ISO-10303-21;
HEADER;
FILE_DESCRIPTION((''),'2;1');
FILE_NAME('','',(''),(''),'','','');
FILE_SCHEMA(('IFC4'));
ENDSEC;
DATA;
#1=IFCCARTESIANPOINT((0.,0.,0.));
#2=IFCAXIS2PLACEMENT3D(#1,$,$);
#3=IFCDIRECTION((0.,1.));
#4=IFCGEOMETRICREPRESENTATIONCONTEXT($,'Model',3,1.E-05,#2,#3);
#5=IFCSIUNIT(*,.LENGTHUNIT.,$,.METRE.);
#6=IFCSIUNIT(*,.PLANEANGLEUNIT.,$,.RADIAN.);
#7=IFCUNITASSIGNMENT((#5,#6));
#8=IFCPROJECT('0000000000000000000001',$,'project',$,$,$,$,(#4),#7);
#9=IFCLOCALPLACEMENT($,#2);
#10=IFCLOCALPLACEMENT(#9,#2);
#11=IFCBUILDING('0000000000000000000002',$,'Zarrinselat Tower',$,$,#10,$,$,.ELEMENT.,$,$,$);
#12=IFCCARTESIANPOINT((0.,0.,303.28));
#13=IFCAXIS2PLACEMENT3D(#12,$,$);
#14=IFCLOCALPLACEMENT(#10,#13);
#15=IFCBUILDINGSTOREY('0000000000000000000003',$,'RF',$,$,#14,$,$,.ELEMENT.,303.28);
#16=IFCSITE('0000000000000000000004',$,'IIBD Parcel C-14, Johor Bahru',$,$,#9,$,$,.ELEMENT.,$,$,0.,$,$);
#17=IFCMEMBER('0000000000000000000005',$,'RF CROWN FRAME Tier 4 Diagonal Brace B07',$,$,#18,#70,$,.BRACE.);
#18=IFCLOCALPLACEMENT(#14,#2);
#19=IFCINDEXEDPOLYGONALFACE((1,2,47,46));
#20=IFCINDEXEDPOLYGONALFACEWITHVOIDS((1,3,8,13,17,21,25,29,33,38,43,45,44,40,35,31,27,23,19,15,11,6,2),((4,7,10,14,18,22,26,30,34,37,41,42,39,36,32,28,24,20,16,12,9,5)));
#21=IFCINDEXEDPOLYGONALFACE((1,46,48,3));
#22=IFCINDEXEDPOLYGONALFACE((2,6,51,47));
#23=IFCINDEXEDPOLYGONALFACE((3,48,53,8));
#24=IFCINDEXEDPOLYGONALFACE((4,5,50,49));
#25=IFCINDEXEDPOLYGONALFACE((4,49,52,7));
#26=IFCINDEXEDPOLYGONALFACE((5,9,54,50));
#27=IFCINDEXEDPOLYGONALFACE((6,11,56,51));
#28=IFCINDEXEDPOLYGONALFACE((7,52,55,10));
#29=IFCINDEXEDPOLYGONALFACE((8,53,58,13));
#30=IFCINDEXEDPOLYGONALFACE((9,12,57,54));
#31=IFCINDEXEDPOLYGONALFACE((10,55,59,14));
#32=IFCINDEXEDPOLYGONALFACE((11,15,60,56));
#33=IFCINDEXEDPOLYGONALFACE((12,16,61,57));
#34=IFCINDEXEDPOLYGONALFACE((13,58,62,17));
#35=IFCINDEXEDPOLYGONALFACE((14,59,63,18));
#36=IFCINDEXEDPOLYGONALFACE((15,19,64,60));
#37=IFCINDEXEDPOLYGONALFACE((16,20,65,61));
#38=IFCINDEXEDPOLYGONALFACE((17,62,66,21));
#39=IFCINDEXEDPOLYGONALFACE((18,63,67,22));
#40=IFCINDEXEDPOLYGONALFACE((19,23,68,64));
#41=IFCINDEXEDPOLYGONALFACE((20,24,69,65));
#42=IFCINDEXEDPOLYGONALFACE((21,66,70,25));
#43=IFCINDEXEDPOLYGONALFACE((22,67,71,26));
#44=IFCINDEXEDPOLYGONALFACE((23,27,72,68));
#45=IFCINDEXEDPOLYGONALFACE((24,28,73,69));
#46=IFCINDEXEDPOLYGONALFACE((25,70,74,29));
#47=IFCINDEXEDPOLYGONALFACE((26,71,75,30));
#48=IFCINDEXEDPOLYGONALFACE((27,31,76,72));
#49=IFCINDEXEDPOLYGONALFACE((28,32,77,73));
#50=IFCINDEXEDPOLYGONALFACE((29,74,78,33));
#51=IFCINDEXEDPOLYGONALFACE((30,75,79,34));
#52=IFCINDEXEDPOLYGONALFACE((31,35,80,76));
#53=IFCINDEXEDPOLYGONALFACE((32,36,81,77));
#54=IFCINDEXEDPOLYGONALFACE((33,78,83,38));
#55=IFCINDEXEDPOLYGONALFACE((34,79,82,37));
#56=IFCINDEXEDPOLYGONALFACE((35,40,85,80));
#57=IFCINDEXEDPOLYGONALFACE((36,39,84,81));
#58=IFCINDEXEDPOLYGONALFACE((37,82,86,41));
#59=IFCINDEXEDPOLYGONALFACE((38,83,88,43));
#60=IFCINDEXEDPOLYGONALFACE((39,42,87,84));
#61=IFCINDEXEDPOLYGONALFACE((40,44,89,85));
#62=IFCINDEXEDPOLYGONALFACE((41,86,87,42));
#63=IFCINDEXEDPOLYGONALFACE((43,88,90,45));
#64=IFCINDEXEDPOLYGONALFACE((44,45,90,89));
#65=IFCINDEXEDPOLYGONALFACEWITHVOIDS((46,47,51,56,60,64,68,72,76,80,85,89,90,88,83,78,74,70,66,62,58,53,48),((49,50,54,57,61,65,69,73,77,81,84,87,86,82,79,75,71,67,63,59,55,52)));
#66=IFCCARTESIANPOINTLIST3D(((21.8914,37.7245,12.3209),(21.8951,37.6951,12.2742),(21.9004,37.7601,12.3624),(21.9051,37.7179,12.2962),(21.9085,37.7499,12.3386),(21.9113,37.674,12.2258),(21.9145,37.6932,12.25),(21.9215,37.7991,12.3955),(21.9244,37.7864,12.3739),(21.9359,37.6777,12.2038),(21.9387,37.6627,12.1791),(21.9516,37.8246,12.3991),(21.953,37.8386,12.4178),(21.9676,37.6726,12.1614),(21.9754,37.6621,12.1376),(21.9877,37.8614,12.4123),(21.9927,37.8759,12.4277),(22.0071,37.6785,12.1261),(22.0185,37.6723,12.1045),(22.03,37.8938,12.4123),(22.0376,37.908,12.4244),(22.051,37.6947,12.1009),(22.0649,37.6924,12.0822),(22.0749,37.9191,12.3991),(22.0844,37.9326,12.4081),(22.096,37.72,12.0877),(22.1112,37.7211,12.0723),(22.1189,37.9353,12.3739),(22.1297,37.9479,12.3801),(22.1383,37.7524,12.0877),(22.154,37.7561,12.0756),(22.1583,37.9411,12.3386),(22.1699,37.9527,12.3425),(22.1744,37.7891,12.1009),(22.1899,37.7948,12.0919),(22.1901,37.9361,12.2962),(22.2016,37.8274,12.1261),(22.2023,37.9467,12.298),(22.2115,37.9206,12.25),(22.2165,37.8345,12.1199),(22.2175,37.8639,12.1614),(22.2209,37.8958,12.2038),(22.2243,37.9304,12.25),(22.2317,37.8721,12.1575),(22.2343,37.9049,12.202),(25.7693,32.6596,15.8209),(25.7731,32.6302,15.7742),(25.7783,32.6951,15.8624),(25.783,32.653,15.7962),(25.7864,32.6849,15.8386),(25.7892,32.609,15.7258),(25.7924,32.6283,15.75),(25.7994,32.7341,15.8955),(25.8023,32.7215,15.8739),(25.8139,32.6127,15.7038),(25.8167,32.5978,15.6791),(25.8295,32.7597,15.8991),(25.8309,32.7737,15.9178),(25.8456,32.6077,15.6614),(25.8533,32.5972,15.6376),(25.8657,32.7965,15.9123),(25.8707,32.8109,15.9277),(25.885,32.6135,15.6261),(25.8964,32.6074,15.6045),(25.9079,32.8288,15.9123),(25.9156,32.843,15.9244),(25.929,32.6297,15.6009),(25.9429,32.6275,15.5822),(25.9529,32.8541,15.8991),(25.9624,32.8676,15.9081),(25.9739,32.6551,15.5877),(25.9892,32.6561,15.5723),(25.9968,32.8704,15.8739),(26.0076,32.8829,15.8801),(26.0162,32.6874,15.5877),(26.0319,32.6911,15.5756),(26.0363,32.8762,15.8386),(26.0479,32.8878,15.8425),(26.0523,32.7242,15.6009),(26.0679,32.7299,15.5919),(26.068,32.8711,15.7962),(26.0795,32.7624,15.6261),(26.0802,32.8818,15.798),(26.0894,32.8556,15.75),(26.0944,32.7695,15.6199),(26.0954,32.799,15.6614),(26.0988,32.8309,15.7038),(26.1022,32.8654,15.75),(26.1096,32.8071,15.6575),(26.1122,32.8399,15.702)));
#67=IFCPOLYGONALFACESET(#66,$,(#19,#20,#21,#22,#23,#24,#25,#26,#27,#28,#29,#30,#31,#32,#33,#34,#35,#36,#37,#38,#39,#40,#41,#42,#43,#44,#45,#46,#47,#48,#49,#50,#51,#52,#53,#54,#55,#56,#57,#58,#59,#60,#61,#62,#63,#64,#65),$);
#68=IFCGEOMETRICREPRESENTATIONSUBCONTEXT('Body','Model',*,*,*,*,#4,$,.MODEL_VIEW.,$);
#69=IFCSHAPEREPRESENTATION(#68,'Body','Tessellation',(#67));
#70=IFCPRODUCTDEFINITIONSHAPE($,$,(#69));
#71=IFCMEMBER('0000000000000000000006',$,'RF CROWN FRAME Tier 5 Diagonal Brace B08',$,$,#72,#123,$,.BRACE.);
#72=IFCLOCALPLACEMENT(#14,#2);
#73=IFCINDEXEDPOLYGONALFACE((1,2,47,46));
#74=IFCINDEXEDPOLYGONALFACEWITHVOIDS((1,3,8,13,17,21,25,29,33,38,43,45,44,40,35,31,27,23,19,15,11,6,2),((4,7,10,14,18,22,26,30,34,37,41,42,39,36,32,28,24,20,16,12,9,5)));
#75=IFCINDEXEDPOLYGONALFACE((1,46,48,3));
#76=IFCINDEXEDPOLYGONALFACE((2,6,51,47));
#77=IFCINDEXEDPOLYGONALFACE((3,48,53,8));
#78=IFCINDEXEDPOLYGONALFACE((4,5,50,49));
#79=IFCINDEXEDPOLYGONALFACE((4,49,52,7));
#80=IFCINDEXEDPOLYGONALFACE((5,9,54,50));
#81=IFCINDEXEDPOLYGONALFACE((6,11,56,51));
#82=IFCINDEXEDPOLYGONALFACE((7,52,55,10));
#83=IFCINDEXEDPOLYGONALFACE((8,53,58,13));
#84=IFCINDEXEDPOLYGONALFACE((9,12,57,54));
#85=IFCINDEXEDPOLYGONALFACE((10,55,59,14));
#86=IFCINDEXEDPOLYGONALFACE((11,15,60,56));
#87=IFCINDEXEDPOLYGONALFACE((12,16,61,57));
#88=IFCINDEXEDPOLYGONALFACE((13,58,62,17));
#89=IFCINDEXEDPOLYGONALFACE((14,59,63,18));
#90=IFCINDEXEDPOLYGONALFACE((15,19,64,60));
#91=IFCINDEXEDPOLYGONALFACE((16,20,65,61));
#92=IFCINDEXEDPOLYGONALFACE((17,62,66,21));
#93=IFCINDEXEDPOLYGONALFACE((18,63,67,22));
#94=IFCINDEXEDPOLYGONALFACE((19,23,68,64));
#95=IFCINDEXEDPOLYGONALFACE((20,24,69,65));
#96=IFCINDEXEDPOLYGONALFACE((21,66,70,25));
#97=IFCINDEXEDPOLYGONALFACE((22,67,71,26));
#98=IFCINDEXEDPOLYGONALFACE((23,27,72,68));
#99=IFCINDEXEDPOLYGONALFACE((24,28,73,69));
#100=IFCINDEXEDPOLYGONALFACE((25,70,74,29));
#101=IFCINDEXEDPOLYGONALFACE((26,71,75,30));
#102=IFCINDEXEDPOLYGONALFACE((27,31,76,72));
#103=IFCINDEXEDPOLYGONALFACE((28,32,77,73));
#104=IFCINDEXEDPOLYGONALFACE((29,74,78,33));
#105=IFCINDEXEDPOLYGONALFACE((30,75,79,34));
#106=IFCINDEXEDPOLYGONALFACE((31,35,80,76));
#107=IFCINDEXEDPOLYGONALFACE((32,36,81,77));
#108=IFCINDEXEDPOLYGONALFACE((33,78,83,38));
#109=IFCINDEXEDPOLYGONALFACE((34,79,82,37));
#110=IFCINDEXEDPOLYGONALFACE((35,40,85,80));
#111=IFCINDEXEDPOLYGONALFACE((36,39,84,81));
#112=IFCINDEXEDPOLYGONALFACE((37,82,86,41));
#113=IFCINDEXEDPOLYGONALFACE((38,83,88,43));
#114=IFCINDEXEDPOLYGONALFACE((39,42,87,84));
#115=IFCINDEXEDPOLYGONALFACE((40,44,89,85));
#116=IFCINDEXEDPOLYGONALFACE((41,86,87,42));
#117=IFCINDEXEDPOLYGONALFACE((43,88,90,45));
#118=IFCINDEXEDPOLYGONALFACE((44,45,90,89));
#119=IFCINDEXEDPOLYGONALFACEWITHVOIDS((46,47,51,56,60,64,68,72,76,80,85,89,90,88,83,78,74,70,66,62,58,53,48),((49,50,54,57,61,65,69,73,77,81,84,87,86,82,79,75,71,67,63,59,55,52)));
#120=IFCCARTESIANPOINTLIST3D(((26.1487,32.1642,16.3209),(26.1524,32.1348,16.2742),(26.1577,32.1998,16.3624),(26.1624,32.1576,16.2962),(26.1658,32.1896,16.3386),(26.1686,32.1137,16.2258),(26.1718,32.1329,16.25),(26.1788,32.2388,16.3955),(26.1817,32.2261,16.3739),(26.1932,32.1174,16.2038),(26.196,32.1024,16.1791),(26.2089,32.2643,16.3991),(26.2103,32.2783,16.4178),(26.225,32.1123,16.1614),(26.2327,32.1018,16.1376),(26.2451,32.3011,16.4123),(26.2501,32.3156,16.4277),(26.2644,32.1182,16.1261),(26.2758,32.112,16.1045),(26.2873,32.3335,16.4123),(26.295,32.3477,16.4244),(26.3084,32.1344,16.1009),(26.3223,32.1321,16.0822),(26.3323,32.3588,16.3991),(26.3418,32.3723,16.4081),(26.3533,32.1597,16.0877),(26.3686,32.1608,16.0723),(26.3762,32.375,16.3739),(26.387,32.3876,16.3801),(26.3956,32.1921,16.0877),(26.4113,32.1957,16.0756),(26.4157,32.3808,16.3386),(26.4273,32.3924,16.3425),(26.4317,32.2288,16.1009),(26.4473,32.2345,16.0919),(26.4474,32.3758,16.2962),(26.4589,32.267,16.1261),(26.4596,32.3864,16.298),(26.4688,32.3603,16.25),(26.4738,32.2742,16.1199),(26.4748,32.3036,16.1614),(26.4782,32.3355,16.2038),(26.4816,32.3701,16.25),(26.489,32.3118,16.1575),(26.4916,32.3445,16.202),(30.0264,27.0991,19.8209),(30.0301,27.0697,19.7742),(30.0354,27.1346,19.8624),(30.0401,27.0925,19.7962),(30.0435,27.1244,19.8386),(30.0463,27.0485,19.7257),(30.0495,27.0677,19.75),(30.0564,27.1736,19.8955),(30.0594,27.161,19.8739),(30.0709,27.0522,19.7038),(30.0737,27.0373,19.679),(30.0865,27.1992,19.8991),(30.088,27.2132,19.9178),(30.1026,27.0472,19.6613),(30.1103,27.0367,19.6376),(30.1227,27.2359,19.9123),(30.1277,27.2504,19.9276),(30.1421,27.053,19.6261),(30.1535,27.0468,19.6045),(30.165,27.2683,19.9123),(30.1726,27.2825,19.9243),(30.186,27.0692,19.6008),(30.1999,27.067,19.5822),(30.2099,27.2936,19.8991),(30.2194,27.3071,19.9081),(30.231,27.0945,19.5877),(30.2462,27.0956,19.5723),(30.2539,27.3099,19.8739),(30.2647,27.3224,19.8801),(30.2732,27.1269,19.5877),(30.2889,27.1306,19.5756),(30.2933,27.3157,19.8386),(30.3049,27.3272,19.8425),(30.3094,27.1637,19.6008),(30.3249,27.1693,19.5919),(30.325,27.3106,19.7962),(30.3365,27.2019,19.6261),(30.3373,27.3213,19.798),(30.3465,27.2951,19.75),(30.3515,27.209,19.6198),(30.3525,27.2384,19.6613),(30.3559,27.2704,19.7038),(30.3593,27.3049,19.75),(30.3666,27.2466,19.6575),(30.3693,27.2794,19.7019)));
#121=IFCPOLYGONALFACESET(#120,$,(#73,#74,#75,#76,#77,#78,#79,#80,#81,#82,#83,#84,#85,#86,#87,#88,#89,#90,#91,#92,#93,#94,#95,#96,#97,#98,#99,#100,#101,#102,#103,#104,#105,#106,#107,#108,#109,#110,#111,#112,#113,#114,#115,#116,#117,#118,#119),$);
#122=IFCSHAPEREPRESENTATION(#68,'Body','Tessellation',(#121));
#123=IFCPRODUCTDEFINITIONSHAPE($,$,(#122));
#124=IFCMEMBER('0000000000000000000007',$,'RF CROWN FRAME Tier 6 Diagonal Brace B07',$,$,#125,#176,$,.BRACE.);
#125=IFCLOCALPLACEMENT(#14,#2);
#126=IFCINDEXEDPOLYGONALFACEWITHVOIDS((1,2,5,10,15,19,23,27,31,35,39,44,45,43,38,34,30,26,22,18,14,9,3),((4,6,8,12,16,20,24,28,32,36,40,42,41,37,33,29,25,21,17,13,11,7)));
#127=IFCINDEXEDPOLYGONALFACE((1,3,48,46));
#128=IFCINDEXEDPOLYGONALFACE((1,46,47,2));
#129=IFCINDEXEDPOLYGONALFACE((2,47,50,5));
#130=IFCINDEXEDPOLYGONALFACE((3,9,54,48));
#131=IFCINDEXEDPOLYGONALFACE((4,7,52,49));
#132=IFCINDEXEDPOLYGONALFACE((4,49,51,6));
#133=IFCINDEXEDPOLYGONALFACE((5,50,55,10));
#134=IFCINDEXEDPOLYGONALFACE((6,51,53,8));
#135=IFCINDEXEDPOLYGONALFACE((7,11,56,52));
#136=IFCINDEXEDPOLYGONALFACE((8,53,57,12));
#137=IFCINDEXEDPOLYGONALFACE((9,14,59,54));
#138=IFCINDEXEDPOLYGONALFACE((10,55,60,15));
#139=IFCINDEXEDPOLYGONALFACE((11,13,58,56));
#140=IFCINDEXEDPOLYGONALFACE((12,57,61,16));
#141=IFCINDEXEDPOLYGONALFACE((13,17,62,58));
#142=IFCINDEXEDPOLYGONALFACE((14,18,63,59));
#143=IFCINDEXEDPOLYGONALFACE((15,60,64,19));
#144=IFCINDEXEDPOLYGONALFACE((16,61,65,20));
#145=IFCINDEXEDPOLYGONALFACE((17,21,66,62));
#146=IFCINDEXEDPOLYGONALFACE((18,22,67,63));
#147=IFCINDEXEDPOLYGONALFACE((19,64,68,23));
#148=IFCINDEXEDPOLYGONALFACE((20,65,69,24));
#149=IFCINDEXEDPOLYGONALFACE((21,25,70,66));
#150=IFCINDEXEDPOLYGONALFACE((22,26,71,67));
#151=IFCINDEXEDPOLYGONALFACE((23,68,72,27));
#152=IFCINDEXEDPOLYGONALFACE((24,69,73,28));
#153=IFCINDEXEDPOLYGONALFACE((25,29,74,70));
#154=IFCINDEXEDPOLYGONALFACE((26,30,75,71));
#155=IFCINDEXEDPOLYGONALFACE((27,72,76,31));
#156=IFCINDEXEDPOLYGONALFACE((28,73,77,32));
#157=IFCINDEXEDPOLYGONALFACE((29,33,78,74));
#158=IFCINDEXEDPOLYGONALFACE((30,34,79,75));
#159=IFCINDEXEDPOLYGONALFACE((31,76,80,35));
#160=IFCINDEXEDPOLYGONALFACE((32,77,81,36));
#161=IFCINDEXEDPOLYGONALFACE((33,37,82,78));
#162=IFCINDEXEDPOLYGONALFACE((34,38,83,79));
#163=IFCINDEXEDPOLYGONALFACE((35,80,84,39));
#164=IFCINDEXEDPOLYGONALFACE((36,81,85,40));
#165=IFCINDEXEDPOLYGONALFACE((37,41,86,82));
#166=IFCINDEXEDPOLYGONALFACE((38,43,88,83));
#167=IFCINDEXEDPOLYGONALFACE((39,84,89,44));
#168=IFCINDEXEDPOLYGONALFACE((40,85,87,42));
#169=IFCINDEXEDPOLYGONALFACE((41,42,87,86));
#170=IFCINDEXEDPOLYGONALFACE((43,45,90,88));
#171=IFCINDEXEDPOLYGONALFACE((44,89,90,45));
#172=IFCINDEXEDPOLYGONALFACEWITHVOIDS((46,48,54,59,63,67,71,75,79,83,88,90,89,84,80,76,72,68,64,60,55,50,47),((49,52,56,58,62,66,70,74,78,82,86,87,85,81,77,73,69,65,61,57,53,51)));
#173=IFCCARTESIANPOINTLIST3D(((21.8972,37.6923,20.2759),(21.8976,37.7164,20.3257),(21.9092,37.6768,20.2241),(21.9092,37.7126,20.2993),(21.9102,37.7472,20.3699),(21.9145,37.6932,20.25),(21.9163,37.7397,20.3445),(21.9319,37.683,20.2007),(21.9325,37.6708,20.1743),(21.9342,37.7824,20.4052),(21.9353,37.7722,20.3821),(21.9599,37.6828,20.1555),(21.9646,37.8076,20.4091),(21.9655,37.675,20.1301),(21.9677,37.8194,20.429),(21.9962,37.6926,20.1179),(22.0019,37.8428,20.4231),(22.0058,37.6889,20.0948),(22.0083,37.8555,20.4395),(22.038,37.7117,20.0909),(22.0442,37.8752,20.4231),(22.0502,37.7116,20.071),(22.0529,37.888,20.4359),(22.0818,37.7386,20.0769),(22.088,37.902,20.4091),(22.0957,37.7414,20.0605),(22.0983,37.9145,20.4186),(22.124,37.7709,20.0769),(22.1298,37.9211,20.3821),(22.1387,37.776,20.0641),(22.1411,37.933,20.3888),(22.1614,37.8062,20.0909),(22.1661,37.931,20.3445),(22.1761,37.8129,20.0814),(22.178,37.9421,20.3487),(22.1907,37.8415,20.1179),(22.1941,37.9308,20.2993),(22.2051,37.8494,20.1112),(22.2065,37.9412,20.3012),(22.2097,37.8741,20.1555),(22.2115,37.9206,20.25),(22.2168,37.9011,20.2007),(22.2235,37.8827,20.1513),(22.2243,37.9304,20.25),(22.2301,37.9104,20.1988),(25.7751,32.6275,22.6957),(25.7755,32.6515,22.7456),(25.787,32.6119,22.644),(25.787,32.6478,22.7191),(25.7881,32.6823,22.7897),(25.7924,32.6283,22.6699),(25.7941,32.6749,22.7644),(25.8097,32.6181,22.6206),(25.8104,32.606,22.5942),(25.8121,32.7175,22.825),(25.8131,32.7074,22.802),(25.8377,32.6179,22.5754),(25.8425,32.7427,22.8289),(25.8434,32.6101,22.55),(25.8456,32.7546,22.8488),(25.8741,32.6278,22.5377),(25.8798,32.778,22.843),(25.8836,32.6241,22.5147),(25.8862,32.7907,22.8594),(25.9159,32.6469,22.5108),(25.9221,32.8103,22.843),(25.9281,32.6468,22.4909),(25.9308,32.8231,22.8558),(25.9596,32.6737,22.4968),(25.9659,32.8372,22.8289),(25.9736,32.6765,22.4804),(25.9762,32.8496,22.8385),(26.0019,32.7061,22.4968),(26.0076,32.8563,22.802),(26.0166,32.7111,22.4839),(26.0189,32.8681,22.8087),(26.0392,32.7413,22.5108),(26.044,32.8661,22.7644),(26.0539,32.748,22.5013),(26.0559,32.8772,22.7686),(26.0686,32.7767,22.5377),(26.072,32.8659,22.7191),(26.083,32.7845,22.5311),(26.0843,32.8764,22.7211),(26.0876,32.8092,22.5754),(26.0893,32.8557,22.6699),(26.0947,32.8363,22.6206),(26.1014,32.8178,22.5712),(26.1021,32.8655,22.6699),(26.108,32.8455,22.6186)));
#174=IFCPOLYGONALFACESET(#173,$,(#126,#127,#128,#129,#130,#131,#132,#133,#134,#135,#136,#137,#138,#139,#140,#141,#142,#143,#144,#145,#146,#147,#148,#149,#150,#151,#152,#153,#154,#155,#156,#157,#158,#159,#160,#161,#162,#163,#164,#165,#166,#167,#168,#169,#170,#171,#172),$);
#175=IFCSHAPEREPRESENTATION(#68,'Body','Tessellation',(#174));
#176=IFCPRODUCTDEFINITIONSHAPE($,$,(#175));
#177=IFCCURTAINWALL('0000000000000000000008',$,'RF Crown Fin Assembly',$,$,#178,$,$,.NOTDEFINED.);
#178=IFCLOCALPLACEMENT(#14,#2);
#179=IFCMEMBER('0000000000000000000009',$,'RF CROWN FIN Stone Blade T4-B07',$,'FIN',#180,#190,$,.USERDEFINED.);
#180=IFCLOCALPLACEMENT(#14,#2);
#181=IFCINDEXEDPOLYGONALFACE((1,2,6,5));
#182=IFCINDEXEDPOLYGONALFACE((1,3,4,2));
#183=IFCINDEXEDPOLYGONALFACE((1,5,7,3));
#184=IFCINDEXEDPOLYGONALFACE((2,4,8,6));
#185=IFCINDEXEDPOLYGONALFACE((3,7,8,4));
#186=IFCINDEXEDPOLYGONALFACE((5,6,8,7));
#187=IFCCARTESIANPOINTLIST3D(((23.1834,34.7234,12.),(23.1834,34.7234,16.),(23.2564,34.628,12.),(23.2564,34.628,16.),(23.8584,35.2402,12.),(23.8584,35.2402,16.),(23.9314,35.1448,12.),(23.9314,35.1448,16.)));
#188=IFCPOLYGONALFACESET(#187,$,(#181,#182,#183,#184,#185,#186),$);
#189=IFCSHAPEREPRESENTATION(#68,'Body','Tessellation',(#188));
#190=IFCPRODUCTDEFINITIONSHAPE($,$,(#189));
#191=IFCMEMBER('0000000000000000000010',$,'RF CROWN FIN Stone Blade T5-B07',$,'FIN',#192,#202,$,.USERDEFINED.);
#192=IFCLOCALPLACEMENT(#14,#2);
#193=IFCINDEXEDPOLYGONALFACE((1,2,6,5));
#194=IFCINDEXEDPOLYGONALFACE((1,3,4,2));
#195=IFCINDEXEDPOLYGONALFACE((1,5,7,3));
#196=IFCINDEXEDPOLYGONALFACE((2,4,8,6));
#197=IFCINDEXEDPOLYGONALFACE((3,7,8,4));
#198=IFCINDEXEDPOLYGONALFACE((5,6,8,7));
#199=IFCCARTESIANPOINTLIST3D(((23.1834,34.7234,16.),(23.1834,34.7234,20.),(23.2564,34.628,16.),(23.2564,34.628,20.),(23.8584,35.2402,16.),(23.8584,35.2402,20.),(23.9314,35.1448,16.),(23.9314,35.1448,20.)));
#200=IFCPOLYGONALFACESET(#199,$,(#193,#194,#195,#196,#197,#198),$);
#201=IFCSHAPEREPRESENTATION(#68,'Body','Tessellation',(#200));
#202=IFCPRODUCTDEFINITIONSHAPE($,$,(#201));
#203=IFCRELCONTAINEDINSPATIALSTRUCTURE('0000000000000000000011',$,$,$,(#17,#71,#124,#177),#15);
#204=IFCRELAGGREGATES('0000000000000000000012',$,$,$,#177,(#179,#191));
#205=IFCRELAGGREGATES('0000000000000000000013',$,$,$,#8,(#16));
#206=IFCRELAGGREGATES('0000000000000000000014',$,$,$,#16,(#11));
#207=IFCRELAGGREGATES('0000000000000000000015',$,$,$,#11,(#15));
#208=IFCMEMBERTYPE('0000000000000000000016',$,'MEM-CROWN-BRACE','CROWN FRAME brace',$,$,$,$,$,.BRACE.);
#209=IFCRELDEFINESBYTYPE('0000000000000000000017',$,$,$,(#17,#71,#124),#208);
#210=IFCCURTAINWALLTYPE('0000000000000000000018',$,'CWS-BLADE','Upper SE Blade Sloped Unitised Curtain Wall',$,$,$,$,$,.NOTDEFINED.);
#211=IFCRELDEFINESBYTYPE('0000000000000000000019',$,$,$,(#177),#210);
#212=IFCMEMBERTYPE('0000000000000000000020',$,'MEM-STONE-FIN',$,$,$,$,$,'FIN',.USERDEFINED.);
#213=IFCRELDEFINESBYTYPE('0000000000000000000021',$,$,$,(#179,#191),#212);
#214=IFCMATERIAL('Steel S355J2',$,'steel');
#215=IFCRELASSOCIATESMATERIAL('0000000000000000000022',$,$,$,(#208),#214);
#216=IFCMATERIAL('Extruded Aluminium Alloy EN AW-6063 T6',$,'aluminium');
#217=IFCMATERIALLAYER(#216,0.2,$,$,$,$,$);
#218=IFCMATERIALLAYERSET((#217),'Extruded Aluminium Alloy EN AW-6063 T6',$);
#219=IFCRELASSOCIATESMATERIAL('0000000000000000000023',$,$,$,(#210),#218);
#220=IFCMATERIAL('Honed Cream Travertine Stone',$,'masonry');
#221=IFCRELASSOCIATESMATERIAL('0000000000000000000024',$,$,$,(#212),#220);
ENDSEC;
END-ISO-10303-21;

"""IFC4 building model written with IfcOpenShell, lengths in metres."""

from ifc_helpers import new_model, si_unit, direction, frame, origin, origin_2d, place, context, subcontext, project, spatial, rectangle, hollow_circle, extrude, material, layer, layer_set, material_profile, profile_set, type_object, element, aggregate, save


model = new_model("IFC4")

# Units and contexts
model_context = context("Model", 3, precision=1e-05, world=origin(), true_north=direction((0.0, 1.0)))
body_context = subcontext(model_context, "Body", "Model", "MODEL_VIEW")
ifc_project = project(units=[si_unit("LENGTHUNIT", "METRE"), si_unit("PLANEANGLEUNIT", "RADIAN")], contexts=[model_context])

# Site, building, storey
site_placement = place(None, origin())
site = spatial("IfcSite", under=ifc_project, at=site_placement, Name="IIBD Parcel C-14, Johor Bahru", CompositionType="ELEMENT", RefElevation=0.0)
building_placement = place(site_placement, origin())
building = spatial("IfcBuilding", under=site, at=building_placement, Name="Zarrinselat Tower", CompositionType="ELEMENT")
storey_placement = place(building_placement, frame((0.0, 0.0, 303.28)))
storey = spatial("IfcBuildingStorey", under=building, at=storey_placement, Name="RF", CompositionType="ELEMENT", Elevation=303.28)

# Members
ifc_material_1 = material(Name="Steel S355J2", Category="steel")
ifc_material_profile_1 = material_profile(ifc_material_1, hollow_circle(Radius=0.2031, WallThickness=0.0161, at=origin_2d()), Name="CHS 406.4x16")
ifc_profile_set_1 = profile_set([ifc_material_profile_1], Name="Steel S355J2")
member_type_1 = type_object("IfcMemberType", Name="MEM-CROWN-BRACE", Description="CROWN FRAME brace", PredefinedType="BRACE", material=ifc_profile_set_1)
for number, where, z_axis, x_axis, name in (
    (1, (22.063, 37.8069, 12.25), (0.532966, -0.696104, 0.481025), (0.793999, 0.607919, 0.0), "RF CROWN FRAME Tier 4 Diagonal Brace B07"),
    (2, (26.3203, 32.2466, 16.25), (0.53293, -0.696134, 0.481023), (0.794032, 0.607876, 0.0), "RF CROWN FRAME Tier 5 Diagonal Brace B08"),
):
    element("IfcMember", number, at=place(storey_placement, frame(where, z_axis=z_axis, x_axis=x_axis)), inside=storey, type_object=member_type_1, Name=name, PredefinedType="BRACE", context=body_context, shape_type="SweptSolid", body=[
        extrude(hollow_circle(Radius=0.2031, WallThickness=0.0161, at=origin_2d()), origin(), (0.0, 0.0, 1.0), 7.2761),
    ])
member_1_placement = place(storey_placement, frame((22.063, 37.8069, 20.25), z_axis=(0.568394, -0.742376, 0.354692), x_axis=(0.793999, 0.607919, 0.0)))
element("IfcMember", 3, at=member_1_placement, inside=storey, type_object=member_type_1, Name="RF CROWN FRAME Tier 6 Diagonal Brace B07", PredefinedType="BRACE", context=body_context, shape_type="SweptSolid", body=[
    extrude(hollow_circle(Radius=0.2031, WallThickness=0.0161, at=origin_2d()), origin(), (0.0, 0.0, 1.0), 6.8225),
])

# Curtain wall, members
ifc_material_2 = material(Name="Extruded Aluminium Alloy EN AW-6063 T6", Category="aluminium")
ifc_layer_1 = layer(ifc_material_2, 0.2)
ifc_layer_set_1 = layer_set([ifc_layer_1], Name="Extruded Aluminium Alloy EN AW-6063 T6")
curtain_wall_type = type_object("IfcCurtainWallType", Name="CWS-BLADE", Description="Upper SE Blade Sloped Unitised Curtain Wall", PredefinedType="NOTDEFINED", material=ifc_layer_set_1)
curtain_wall_placement = place(storey_placement, origin())
curtain_wall = element("IfcCurtainWall", 4, at=curtain_wall_placement, inside=storey, type_object=curtain_wall_type, Name="RF Crown Fin Assembly", PredefinedType="NOTDEFINED")
ifc_material_3 = material(Name="Honed Cream Travertine Stone", Category="masonry")
ifc_material_profile_2 = material_profile(ifc_material_3, rectangle(XDim=0.1201, YDim=0.8501, at=origin_2d()), Name="FIN 850x120")
ifc_profile_set_2 = profile_set([ifc_material_profile_2], Name="Honed Cream Travertine Stone")
member_type_2 = type_object("IfcMemberType", Name="MEM-STONE-FIN", ElementType="FIN", PredefinedType="USERDEFINED", material=ifc_profile_set_2)
member_2_placement = place(storey_placement, frame((23.5574, 34.9341, 12.0), z_axis=(0.0, 0.0, 1.0), x_axis=(-0.607903, 0.794011, 0.0)))
member_2 = element("IfcMember", 5, at=member_2_placement, type_object=member_type_2, Name="RF CROWN FIN Stone Blade T4-B07", ObjectType="FIN", PredefinedType="USERDEFINED", context=body_context, shape_type="SweptSolid", body=[
    extrude(rectangle(XDim=0.1201, YDim=0.8501, at=origin_2d()), origin(), (0.0, 0.0, 1.0), 4.0),
])
member_3_placement = place(storey_placement, frame((23.5574, 34.9341, 16.0), z_axis=(0.0, 0.0, 1.0), x_axis=(-0.607903, 0.794011, 0.0)))
member_3 = element("IfcMember", 6, at=member_3_placement, type_object=member_type_2, Name="RF CROWN FIN Stone Blade T5-B07", ObjectType="FIN", PredefinedType="USERDEFINED", context=body_context, shape_type="SweptSolid", body=[
    extrude(rectangle(XDim=0.1201, YDim=0.8501, at=origin_2d()), origin(), (0.0, 0.0, 1.0), 4.0),
])
aggregate(curtain_wall, [member_2, member_3])

save(model, "model.ifc")
